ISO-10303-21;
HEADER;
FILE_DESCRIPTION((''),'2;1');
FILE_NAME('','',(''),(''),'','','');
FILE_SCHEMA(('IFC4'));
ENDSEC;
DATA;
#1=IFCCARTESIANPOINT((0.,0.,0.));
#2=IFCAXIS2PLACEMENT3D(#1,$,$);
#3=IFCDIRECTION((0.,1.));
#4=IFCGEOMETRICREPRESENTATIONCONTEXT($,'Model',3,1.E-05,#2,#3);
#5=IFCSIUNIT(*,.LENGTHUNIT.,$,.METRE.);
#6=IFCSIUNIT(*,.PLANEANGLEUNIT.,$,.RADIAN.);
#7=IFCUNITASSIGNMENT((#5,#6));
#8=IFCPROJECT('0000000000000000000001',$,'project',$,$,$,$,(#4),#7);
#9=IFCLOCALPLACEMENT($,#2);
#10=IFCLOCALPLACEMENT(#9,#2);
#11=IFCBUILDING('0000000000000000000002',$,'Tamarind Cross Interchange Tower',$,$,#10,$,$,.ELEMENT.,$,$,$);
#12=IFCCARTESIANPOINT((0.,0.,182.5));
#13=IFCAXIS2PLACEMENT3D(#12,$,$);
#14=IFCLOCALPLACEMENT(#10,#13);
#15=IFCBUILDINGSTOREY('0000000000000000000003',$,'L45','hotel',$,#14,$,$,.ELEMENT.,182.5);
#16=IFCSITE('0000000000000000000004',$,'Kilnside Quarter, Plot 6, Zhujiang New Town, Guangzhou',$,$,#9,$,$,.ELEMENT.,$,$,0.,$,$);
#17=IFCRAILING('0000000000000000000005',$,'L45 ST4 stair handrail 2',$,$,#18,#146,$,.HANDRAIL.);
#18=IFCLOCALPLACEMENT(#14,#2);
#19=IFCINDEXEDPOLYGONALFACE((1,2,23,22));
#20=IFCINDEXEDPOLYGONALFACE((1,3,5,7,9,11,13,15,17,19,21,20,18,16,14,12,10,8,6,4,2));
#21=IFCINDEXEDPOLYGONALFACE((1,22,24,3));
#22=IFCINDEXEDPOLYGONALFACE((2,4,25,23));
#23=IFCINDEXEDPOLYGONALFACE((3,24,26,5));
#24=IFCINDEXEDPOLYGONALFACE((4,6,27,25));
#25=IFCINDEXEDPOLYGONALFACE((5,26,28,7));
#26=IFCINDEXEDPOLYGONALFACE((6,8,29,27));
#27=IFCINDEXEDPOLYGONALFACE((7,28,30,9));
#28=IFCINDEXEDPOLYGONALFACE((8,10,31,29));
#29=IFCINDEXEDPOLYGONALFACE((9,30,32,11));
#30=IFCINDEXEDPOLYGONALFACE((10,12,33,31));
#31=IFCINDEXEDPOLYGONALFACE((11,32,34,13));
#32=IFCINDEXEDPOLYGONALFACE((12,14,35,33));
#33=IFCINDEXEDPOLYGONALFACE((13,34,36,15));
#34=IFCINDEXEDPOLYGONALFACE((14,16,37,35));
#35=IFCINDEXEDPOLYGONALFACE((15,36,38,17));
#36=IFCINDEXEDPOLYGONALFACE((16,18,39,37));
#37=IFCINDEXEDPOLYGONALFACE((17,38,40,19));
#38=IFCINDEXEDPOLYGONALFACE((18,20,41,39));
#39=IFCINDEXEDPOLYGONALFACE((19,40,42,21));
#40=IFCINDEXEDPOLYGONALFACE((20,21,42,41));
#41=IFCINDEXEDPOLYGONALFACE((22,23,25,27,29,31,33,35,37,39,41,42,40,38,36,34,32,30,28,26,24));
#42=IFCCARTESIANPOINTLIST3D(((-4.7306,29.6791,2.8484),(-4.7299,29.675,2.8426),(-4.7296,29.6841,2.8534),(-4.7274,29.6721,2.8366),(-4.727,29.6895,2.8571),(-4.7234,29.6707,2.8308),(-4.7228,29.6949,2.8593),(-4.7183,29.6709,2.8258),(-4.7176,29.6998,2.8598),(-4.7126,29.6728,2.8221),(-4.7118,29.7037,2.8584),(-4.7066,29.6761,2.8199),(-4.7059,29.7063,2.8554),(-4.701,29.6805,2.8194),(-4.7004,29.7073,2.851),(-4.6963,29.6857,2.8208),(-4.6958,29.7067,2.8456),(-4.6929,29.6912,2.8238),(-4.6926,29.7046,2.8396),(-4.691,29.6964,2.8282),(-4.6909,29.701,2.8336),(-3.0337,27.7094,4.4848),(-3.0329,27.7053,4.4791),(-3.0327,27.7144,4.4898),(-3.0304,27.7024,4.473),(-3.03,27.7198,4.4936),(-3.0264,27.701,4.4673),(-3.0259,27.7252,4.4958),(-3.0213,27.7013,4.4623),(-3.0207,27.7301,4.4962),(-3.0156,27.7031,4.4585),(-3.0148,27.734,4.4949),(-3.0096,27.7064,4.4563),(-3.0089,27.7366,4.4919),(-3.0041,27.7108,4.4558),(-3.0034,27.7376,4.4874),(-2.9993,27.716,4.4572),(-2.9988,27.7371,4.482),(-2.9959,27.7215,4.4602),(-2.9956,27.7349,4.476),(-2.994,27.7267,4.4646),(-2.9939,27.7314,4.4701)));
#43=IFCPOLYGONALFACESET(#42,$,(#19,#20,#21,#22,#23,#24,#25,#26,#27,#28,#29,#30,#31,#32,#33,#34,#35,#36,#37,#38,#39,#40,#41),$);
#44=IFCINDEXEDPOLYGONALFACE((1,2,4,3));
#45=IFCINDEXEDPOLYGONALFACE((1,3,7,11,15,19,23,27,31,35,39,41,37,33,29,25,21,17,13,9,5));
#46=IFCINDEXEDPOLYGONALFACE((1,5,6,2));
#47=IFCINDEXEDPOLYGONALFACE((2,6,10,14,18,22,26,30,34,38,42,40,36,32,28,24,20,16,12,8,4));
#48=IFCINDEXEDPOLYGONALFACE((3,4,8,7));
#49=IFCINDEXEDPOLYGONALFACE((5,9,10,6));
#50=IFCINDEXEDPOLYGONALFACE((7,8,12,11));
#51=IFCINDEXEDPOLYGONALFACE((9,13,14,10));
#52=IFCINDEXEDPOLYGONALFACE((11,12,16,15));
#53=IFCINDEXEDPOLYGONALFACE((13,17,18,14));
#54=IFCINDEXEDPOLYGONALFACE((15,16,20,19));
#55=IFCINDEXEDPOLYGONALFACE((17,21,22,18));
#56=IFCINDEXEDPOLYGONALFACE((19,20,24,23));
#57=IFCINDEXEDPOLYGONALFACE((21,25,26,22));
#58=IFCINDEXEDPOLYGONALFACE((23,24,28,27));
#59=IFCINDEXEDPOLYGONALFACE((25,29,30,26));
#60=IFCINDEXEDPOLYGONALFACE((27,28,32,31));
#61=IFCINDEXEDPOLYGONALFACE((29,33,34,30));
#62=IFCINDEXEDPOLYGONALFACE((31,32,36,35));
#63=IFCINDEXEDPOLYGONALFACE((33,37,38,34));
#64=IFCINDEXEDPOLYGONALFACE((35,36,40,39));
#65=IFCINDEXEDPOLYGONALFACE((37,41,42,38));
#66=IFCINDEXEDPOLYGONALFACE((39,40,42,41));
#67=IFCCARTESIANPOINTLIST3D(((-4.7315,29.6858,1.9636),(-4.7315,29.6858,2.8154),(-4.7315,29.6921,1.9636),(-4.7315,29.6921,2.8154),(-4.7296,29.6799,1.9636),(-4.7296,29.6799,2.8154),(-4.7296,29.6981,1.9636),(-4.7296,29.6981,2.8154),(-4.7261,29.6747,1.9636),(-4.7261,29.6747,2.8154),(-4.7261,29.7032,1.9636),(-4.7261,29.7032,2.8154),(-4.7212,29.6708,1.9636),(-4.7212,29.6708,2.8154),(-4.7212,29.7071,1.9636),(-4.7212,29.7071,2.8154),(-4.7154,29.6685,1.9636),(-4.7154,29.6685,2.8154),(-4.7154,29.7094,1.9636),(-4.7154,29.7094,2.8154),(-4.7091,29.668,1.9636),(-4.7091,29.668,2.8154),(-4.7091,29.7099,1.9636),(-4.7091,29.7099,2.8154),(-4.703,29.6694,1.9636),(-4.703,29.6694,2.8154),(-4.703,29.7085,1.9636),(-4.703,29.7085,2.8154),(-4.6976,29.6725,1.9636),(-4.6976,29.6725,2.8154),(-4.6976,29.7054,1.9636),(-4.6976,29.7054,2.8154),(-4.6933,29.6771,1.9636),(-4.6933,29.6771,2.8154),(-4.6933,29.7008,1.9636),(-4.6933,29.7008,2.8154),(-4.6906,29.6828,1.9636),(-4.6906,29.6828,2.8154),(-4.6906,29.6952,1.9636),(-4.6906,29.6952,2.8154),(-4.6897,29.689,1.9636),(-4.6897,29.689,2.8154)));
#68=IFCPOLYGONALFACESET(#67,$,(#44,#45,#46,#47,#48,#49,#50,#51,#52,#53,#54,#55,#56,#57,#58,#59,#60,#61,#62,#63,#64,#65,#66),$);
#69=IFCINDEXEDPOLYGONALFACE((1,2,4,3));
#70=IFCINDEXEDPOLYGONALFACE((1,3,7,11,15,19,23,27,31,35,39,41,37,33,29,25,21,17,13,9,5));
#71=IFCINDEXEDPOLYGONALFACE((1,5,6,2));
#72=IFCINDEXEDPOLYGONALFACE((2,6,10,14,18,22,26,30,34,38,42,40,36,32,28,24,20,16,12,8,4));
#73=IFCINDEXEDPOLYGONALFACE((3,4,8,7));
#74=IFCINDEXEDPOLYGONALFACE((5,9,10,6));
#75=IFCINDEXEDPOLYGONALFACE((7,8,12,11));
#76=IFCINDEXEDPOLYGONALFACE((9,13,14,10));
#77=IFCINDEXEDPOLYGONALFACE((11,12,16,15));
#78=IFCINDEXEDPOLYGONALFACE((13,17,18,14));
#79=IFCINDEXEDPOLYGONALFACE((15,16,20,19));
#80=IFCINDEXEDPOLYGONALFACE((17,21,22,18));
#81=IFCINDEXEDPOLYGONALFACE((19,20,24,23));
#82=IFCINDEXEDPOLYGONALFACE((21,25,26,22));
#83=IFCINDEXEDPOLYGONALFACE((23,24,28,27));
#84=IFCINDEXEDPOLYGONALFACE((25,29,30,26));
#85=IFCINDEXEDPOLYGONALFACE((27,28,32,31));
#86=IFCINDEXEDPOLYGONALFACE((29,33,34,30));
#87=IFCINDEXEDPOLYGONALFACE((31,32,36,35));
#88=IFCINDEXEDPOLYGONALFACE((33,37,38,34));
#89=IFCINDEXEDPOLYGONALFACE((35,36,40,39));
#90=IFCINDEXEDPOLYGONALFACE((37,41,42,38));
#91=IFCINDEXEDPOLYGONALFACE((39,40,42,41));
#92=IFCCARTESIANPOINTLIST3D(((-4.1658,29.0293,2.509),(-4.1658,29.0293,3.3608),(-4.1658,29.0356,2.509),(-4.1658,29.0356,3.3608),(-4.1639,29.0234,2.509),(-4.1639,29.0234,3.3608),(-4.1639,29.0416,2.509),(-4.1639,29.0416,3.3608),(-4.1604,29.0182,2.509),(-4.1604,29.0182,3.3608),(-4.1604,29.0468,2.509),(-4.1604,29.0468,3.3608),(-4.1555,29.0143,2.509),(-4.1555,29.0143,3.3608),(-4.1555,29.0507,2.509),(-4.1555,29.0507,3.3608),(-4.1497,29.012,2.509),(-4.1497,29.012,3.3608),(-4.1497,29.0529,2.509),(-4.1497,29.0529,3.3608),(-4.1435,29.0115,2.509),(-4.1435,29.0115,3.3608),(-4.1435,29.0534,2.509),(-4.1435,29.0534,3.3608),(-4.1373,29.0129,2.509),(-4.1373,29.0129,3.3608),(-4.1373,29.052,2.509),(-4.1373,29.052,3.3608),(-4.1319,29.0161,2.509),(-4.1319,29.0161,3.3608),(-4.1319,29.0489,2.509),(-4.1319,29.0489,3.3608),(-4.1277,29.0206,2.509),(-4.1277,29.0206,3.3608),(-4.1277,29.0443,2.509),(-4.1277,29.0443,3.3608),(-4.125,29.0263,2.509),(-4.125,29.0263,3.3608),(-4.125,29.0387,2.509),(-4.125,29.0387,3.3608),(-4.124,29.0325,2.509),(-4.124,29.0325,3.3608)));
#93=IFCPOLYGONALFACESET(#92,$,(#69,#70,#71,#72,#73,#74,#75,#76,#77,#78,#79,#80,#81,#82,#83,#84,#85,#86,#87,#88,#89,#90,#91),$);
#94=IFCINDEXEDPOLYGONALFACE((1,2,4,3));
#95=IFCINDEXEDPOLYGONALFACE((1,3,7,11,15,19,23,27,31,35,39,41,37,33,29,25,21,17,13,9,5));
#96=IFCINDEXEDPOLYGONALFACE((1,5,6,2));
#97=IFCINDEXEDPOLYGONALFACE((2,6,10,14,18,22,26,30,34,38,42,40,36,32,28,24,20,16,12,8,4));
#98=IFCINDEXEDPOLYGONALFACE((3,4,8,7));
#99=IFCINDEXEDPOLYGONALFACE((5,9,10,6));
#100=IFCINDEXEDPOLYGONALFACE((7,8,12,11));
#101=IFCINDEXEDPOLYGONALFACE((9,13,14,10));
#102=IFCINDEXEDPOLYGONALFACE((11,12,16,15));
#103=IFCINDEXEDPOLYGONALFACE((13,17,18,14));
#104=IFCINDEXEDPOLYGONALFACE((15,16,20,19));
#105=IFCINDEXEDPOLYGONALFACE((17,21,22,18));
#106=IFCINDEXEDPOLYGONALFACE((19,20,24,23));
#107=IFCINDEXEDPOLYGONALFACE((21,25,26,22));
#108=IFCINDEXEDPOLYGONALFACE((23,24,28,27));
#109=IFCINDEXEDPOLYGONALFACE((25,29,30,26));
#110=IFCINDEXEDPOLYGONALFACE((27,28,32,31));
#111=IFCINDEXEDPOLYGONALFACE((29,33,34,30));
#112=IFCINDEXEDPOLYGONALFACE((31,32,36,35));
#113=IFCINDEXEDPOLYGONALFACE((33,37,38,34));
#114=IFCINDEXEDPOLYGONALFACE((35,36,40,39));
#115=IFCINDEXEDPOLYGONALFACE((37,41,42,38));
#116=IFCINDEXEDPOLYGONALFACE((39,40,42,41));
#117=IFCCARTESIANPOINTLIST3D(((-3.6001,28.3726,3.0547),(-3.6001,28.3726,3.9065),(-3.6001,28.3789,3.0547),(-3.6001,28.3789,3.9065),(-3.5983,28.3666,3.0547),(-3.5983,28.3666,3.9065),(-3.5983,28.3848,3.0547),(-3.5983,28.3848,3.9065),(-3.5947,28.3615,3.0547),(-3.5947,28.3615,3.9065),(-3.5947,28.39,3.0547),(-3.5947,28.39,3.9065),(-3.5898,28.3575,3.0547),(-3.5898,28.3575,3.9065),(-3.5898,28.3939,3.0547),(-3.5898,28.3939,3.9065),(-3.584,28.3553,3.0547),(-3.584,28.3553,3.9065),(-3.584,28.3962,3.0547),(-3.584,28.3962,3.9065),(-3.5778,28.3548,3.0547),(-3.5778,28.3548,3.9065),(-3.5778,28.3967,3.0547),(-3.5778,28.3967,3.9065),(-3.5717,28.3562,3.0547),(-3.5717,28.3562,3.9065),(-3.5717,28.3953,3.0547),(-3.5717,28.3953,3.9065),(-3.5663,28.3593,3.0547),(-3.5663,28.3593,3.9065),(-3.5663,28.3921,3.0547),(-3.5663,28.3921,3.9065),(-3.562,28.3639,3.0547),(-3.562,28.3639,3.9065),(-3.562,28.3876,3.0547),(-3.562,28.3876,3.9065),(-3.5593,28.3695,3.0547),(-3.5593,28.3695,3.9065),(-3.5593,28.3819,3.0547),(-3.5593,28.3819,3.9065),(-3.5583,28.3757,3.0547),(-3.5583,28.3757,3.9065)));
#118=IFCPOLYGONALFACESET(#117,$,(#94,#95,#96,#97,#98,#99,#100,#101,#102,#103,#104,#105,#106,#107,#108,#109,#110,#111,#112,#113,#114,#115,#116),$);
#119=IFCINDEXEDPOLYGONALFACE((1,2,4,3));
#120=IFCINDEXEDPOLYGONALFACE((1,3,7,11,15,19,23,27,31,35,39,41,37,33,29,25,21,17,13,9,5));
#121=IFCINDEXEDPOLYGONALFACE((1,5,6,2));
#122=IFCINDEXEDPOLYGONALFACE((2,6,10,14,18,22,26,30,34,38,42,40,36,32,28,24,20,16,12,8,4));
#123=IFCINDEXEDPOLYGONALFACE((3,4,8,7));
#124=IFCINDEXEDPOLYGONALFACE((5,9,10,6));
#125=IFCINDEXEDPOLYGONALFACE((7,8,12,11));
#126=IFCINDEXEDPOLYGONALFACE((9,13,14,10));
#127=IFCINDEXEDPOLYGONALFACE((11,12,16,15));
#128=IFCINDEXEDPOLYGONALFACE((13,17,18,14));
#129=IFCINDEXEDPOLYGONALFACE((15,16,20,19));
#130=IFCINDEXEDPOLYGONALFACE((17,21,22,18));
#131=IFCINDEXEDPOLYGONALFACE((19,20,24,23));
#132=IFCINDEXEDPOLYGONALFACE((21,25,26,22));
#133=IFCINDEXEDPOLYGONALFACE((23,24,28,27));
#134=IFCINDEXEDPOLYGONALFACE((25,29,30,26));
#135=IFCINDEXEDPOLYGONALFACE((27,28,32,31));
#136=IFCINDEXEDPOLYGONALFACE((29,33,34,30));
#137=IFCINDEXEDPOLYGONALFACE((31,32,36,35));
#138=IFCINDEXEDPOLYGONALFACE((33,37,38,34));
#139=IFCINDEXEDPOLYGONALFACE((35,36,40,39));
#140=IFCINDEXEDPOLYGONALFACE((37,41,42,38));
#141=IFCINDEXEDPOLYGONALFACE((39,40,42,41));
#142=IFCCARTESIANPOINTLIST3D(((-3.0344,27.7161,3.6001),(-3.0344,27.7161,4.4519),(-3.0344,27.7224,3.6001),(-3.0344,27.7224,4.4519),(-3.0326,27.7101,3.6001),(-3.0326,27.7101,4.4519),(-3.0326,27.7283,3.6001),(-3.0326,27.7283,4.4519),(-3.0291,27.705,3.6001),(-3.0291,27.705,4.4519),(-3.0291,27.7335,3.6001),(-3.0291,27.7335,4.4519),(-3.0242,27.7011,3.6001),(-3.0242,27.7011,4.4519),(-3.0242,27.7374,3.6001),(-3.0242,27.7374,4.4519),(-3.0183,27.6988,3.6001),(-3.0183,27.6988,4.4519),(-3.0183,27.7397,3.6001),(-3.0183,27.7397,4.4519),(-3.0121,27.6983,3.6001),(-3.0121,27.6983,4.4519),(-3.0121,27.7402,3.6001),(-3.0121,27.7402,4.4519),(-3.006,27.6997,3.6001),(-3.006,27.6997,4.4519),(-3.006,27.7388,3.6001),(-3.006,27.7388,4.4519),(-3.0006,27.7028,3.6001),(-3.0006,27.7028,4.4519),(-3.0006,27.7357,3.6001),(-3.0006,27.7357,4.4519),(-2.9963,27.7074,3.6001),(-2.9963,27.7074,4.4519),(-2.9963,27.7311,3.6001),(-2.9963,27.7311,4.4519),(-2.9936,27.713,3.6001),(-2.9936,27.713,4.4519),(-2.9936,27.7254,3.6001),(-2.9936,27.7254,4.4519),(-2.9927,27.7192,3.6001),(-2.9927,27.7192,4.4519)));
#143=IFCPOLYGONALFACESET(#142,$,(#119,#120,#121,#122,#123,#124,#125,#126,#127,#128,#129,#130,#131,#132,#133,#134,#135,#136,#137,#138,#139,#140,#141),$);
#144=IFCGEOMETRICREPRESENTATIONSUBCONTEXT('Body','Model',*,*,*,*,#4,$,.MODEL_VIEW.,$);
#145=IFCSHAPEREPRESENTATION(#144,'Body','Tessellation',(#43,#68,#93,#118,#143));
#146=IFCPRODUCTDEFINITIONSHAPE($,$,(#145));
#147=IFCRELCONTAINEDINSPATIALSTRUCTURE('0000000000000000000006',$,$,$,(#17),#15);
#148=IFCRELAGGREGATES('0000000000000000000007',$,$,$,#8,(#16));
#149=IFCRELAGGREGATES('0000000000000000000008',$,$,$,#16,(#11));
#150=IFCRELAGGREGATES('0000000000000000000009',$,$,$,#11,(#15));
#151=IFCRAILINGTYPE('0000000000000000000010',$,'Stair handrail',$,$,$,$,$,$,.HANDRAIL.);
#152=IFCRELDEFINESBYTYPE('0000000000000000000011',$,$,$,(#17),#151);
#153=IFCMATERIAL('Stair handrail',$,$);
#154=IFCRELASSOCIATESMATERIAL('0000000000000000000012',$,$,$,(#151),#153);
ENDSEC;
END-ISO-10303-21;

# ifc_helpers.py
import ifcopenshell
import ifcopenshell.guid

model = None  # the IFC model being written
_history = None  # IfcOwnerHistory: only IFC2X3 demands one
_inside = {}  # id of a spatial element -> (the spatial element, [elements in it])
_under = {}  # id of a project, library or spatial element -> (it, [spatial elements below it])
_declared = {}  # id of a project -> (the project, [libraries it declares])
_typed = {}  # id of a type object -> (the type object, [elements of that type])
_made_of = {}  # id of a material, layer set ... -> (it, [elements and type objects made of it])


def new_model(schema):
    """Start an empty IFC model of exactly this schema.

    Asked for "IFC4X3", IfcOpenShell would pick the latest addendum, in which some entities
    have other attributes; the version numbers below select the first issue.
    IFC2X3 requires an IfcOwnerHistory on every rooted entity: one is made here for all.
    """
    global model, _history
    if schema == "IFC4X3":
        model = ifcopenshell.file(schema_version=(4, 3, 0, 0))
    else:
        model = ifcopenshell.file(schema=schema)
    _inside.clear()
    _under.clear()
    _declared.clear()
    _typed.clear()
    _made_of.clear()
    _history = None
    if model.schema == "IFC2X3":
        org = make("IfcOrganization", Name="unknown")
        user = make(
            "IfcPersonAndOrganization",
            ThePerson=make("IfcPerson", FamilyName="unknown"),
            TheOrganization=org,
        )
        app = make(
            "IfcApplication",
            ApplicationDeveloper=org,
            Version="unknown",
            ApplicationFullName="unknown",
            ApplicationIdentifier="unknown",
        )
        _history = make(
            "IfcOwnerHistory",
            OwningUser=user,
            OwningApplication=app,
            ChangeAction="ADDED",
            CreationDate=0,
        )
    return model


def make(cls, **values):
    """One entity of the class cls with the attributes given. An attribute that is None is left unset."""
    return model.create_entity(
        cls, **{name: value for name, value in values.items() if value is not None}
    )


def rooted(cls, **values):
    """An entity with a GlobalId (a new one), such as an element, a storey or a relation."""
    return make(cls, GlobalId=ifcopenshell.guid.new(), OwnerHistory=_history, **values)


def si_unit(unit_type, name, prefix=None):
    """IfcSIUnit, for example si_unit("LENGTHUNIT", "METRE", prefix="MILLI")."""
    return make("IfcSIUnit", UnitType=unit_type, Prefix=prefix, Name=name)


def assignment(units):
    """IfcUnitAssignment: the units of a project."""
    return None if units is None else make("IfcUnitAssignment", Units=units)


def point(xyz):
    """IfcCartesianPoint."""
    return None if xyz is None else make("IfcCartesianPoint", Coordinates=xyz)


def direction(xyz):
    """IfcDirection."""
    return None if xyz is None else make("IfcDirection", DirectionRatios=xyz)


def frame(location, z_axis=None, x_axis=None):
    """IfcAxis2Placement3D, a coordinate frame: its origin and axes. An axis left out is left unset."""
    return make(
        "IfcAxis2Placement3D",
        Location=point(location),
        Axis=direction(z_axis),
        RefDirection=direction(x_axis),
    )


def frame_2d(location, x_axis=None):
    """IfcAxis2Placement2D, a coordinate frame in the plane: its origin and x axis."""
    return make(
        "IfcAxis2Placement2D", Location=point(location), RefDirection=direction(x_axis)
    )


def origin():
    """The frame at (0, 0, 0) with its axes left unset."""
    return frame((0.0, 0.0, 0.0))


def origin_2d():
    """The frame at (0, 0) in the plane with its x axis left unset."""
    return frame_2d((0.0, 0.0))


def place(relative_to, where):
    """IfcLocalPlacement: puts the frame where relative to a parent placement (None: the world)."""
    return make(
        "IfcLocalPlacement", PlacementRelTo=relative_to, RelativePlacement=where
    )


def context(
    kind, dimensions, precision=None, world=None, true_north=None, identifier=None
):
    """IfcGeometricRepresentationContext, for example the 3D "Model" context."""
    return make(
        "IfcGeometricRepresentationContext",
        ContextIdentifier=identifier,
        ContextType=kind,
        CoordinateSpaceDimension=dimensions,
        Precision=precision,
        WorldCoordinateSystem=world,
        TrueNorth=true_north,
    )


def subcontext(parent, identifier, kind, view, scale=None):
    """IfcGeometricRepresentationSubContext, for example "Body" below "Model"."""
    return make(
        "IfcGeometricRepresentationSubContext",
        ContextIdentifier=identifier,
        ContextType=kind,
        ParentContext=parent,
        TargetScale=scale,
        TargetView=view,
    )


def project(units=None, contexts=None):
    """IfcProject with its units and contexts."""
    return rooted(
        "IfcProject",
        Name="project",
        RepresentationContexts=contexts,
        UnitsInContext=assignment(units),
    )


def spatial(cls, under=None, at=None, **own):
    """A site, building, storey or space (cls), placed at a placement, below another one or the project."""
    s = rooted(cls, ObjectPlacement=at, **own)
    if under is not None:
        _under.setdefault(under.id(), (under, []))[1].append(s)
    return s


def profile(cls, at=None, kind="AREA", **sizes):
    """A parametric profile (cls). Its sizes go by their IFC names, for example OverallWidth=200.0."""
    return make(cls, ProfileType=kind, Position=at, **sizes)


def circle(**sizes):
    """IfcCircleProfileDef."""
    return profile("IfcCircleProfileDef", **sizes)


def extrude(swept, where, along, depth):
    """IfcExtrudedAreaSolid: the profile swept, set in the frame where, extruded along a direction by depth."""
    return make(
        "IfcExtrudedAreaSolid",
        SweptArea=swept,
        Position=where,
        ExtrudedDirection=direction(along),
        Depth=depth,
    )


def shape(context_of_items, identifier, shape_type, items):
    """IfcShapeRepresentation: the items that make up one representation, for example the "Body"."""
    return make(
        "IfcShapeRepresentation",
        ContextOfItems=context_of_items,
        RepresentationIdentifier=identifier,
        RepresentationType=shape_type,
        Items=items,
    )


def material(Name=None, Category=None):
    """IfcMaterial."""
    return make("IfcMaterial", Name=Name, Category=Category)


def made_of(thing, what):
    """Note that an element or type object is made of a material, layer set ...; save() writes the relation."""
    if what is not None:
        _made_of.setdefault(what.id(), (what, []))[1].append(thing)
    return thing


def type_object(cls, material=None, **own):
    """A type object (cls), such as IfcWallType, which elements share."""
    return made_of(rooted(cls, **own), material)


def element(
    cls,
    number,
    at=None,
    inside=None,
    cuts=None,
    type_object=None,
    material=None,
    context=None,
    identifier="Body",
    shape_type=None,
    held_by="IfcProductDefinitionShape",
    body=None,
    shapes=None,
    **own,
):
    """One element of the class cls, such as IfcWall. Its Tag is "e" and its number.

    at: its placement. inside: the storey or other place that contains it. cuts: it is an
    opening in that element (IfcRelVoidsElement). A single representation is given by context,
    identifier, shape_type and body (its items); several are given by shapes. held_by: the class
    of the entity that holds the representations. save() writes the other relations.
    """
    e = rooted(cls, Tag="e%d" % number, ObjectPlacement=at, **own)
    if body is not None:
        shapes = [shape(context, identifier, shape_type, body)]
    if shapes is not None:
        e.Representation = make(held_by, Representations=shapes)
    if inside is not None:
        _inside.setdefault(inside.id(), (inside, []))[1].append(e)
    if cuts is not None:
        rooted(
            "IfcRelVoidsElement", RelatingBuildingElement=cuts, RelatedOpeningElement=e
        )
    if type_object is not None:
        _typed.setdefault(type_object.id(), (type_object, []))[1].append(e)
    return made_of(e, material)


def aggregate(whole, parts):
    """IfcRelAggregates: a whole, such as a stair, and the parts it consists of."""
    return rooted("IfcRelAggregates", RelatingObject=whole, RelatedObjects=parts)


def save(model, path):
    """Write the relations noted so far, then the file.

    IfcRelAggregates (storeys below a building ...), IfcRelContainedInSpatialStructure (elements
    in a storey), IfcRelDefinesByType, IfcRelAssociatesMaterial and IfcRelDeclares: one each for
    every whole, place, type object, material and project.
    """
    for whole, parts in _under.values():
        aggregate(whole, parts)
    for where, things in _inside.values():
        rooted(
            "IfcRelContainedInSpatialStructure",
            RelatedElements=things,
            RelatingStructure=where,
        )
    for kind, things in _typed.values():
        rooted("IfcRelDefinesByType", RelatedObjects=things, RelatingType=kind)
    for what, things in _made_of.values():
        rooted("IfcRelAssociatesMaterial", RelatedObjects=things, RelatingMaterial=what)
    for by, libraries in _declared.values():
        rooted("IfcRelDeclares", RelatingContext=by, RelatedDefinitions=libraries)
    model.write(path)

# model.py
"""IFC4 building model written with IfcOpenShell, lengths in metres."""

from ifc_helpers import new_model, si_unit, direction, frame, origin, origin_2d, place, context, subcontext, project, spatial, circle, extrude, material, type_object, element, save


model = new_model("IFC4")

# Units and contexts
model_context = context("Model", 3, precision=1e-05, world=origin(), true_north=direction((0.0, 1.0)))
body_context = subcontext(model_context, "Body", "Model", "MODEL_VIEW")
ifc_project = project(units=[si_unit("LENGTHUNIT", "METRE"), si_unit("PLANEANGLEUNIT", "RADIAN")], contexts=[model_context])

# Site, building, storey
site_placement = place(None, origin())
site = spatial("IfcSite", under=ifc_project, at=site_placement, Name="Kilnside Quarter, Plot 6, Zhujiang New Town, Guangzhou", CompositionType="ELEMENT", RefElevation=0.0)
building_placement = place(site_placement, origin())
building = spatial("IfcBuilding", under=site, at=building_placement, Name="Tamarind Cross Interchange Tower", CompositionType="ELEMENT")
storey_placement = place(building_placement, frame((0.0, 0.0, 182.5)))
storey = spatial("IfcBuildingStorey", under=building, at=storey_placement, Name="L45", Description="hotel", CompositionType="ELEMENT", Elevation=182.5)

# Railing
ifc_material_1 = material(Name="Stair handrail")
railing_type = type_object("IfcRailingType", Name="Stair handrail", PredefinedType="HANDRAIL", material=ifc_material_1)
railing_placement = place(storey_placement, frame((-4.7107, 29.689, 1.9636)))
element("IfcRailing", 1, at=railing_placement, inside=storey, type_object=railing_type, Name="L45 ST4 stair handrail 2", PredefinedType="HANDRAIL", context=body_context, shape_type="SweptSolid", body=[
    extrude(circle(Radius=0.0239, at=origin_2d()), frame((0.0, 0.0, 0.876), z_axis=(0.552399, -0.641168, 0.53269), x_axis=(0.757604, 0.652715, 0.0)), (0.0, 0.0, 1.0), 3.072),
    extrude(circle(Radius=0.021, at=origin_2d()), origin(), (0.0, 0.0, 1.0), 0.8518),
    extrude(circle(Radius=0.021, at=origin_2d()), frame((0.5657, -0.6565, 0.5454)), (0.0, 0.0, 1.0), 0.8518),
    extrude(circle(Radius=0.021, at=origin_2d()), frame((1.1313, -1.3132, 1.0911)), (0.0, 0.0, 1.0), 0.8518),
    extrude(circle(Radius=0.021, at=origin_2d()), frame((1.697, -1.9697, 1.6365)), (0.0, 0.0, 1.0), 0.8518),
])

save(model, "model.ifc")
